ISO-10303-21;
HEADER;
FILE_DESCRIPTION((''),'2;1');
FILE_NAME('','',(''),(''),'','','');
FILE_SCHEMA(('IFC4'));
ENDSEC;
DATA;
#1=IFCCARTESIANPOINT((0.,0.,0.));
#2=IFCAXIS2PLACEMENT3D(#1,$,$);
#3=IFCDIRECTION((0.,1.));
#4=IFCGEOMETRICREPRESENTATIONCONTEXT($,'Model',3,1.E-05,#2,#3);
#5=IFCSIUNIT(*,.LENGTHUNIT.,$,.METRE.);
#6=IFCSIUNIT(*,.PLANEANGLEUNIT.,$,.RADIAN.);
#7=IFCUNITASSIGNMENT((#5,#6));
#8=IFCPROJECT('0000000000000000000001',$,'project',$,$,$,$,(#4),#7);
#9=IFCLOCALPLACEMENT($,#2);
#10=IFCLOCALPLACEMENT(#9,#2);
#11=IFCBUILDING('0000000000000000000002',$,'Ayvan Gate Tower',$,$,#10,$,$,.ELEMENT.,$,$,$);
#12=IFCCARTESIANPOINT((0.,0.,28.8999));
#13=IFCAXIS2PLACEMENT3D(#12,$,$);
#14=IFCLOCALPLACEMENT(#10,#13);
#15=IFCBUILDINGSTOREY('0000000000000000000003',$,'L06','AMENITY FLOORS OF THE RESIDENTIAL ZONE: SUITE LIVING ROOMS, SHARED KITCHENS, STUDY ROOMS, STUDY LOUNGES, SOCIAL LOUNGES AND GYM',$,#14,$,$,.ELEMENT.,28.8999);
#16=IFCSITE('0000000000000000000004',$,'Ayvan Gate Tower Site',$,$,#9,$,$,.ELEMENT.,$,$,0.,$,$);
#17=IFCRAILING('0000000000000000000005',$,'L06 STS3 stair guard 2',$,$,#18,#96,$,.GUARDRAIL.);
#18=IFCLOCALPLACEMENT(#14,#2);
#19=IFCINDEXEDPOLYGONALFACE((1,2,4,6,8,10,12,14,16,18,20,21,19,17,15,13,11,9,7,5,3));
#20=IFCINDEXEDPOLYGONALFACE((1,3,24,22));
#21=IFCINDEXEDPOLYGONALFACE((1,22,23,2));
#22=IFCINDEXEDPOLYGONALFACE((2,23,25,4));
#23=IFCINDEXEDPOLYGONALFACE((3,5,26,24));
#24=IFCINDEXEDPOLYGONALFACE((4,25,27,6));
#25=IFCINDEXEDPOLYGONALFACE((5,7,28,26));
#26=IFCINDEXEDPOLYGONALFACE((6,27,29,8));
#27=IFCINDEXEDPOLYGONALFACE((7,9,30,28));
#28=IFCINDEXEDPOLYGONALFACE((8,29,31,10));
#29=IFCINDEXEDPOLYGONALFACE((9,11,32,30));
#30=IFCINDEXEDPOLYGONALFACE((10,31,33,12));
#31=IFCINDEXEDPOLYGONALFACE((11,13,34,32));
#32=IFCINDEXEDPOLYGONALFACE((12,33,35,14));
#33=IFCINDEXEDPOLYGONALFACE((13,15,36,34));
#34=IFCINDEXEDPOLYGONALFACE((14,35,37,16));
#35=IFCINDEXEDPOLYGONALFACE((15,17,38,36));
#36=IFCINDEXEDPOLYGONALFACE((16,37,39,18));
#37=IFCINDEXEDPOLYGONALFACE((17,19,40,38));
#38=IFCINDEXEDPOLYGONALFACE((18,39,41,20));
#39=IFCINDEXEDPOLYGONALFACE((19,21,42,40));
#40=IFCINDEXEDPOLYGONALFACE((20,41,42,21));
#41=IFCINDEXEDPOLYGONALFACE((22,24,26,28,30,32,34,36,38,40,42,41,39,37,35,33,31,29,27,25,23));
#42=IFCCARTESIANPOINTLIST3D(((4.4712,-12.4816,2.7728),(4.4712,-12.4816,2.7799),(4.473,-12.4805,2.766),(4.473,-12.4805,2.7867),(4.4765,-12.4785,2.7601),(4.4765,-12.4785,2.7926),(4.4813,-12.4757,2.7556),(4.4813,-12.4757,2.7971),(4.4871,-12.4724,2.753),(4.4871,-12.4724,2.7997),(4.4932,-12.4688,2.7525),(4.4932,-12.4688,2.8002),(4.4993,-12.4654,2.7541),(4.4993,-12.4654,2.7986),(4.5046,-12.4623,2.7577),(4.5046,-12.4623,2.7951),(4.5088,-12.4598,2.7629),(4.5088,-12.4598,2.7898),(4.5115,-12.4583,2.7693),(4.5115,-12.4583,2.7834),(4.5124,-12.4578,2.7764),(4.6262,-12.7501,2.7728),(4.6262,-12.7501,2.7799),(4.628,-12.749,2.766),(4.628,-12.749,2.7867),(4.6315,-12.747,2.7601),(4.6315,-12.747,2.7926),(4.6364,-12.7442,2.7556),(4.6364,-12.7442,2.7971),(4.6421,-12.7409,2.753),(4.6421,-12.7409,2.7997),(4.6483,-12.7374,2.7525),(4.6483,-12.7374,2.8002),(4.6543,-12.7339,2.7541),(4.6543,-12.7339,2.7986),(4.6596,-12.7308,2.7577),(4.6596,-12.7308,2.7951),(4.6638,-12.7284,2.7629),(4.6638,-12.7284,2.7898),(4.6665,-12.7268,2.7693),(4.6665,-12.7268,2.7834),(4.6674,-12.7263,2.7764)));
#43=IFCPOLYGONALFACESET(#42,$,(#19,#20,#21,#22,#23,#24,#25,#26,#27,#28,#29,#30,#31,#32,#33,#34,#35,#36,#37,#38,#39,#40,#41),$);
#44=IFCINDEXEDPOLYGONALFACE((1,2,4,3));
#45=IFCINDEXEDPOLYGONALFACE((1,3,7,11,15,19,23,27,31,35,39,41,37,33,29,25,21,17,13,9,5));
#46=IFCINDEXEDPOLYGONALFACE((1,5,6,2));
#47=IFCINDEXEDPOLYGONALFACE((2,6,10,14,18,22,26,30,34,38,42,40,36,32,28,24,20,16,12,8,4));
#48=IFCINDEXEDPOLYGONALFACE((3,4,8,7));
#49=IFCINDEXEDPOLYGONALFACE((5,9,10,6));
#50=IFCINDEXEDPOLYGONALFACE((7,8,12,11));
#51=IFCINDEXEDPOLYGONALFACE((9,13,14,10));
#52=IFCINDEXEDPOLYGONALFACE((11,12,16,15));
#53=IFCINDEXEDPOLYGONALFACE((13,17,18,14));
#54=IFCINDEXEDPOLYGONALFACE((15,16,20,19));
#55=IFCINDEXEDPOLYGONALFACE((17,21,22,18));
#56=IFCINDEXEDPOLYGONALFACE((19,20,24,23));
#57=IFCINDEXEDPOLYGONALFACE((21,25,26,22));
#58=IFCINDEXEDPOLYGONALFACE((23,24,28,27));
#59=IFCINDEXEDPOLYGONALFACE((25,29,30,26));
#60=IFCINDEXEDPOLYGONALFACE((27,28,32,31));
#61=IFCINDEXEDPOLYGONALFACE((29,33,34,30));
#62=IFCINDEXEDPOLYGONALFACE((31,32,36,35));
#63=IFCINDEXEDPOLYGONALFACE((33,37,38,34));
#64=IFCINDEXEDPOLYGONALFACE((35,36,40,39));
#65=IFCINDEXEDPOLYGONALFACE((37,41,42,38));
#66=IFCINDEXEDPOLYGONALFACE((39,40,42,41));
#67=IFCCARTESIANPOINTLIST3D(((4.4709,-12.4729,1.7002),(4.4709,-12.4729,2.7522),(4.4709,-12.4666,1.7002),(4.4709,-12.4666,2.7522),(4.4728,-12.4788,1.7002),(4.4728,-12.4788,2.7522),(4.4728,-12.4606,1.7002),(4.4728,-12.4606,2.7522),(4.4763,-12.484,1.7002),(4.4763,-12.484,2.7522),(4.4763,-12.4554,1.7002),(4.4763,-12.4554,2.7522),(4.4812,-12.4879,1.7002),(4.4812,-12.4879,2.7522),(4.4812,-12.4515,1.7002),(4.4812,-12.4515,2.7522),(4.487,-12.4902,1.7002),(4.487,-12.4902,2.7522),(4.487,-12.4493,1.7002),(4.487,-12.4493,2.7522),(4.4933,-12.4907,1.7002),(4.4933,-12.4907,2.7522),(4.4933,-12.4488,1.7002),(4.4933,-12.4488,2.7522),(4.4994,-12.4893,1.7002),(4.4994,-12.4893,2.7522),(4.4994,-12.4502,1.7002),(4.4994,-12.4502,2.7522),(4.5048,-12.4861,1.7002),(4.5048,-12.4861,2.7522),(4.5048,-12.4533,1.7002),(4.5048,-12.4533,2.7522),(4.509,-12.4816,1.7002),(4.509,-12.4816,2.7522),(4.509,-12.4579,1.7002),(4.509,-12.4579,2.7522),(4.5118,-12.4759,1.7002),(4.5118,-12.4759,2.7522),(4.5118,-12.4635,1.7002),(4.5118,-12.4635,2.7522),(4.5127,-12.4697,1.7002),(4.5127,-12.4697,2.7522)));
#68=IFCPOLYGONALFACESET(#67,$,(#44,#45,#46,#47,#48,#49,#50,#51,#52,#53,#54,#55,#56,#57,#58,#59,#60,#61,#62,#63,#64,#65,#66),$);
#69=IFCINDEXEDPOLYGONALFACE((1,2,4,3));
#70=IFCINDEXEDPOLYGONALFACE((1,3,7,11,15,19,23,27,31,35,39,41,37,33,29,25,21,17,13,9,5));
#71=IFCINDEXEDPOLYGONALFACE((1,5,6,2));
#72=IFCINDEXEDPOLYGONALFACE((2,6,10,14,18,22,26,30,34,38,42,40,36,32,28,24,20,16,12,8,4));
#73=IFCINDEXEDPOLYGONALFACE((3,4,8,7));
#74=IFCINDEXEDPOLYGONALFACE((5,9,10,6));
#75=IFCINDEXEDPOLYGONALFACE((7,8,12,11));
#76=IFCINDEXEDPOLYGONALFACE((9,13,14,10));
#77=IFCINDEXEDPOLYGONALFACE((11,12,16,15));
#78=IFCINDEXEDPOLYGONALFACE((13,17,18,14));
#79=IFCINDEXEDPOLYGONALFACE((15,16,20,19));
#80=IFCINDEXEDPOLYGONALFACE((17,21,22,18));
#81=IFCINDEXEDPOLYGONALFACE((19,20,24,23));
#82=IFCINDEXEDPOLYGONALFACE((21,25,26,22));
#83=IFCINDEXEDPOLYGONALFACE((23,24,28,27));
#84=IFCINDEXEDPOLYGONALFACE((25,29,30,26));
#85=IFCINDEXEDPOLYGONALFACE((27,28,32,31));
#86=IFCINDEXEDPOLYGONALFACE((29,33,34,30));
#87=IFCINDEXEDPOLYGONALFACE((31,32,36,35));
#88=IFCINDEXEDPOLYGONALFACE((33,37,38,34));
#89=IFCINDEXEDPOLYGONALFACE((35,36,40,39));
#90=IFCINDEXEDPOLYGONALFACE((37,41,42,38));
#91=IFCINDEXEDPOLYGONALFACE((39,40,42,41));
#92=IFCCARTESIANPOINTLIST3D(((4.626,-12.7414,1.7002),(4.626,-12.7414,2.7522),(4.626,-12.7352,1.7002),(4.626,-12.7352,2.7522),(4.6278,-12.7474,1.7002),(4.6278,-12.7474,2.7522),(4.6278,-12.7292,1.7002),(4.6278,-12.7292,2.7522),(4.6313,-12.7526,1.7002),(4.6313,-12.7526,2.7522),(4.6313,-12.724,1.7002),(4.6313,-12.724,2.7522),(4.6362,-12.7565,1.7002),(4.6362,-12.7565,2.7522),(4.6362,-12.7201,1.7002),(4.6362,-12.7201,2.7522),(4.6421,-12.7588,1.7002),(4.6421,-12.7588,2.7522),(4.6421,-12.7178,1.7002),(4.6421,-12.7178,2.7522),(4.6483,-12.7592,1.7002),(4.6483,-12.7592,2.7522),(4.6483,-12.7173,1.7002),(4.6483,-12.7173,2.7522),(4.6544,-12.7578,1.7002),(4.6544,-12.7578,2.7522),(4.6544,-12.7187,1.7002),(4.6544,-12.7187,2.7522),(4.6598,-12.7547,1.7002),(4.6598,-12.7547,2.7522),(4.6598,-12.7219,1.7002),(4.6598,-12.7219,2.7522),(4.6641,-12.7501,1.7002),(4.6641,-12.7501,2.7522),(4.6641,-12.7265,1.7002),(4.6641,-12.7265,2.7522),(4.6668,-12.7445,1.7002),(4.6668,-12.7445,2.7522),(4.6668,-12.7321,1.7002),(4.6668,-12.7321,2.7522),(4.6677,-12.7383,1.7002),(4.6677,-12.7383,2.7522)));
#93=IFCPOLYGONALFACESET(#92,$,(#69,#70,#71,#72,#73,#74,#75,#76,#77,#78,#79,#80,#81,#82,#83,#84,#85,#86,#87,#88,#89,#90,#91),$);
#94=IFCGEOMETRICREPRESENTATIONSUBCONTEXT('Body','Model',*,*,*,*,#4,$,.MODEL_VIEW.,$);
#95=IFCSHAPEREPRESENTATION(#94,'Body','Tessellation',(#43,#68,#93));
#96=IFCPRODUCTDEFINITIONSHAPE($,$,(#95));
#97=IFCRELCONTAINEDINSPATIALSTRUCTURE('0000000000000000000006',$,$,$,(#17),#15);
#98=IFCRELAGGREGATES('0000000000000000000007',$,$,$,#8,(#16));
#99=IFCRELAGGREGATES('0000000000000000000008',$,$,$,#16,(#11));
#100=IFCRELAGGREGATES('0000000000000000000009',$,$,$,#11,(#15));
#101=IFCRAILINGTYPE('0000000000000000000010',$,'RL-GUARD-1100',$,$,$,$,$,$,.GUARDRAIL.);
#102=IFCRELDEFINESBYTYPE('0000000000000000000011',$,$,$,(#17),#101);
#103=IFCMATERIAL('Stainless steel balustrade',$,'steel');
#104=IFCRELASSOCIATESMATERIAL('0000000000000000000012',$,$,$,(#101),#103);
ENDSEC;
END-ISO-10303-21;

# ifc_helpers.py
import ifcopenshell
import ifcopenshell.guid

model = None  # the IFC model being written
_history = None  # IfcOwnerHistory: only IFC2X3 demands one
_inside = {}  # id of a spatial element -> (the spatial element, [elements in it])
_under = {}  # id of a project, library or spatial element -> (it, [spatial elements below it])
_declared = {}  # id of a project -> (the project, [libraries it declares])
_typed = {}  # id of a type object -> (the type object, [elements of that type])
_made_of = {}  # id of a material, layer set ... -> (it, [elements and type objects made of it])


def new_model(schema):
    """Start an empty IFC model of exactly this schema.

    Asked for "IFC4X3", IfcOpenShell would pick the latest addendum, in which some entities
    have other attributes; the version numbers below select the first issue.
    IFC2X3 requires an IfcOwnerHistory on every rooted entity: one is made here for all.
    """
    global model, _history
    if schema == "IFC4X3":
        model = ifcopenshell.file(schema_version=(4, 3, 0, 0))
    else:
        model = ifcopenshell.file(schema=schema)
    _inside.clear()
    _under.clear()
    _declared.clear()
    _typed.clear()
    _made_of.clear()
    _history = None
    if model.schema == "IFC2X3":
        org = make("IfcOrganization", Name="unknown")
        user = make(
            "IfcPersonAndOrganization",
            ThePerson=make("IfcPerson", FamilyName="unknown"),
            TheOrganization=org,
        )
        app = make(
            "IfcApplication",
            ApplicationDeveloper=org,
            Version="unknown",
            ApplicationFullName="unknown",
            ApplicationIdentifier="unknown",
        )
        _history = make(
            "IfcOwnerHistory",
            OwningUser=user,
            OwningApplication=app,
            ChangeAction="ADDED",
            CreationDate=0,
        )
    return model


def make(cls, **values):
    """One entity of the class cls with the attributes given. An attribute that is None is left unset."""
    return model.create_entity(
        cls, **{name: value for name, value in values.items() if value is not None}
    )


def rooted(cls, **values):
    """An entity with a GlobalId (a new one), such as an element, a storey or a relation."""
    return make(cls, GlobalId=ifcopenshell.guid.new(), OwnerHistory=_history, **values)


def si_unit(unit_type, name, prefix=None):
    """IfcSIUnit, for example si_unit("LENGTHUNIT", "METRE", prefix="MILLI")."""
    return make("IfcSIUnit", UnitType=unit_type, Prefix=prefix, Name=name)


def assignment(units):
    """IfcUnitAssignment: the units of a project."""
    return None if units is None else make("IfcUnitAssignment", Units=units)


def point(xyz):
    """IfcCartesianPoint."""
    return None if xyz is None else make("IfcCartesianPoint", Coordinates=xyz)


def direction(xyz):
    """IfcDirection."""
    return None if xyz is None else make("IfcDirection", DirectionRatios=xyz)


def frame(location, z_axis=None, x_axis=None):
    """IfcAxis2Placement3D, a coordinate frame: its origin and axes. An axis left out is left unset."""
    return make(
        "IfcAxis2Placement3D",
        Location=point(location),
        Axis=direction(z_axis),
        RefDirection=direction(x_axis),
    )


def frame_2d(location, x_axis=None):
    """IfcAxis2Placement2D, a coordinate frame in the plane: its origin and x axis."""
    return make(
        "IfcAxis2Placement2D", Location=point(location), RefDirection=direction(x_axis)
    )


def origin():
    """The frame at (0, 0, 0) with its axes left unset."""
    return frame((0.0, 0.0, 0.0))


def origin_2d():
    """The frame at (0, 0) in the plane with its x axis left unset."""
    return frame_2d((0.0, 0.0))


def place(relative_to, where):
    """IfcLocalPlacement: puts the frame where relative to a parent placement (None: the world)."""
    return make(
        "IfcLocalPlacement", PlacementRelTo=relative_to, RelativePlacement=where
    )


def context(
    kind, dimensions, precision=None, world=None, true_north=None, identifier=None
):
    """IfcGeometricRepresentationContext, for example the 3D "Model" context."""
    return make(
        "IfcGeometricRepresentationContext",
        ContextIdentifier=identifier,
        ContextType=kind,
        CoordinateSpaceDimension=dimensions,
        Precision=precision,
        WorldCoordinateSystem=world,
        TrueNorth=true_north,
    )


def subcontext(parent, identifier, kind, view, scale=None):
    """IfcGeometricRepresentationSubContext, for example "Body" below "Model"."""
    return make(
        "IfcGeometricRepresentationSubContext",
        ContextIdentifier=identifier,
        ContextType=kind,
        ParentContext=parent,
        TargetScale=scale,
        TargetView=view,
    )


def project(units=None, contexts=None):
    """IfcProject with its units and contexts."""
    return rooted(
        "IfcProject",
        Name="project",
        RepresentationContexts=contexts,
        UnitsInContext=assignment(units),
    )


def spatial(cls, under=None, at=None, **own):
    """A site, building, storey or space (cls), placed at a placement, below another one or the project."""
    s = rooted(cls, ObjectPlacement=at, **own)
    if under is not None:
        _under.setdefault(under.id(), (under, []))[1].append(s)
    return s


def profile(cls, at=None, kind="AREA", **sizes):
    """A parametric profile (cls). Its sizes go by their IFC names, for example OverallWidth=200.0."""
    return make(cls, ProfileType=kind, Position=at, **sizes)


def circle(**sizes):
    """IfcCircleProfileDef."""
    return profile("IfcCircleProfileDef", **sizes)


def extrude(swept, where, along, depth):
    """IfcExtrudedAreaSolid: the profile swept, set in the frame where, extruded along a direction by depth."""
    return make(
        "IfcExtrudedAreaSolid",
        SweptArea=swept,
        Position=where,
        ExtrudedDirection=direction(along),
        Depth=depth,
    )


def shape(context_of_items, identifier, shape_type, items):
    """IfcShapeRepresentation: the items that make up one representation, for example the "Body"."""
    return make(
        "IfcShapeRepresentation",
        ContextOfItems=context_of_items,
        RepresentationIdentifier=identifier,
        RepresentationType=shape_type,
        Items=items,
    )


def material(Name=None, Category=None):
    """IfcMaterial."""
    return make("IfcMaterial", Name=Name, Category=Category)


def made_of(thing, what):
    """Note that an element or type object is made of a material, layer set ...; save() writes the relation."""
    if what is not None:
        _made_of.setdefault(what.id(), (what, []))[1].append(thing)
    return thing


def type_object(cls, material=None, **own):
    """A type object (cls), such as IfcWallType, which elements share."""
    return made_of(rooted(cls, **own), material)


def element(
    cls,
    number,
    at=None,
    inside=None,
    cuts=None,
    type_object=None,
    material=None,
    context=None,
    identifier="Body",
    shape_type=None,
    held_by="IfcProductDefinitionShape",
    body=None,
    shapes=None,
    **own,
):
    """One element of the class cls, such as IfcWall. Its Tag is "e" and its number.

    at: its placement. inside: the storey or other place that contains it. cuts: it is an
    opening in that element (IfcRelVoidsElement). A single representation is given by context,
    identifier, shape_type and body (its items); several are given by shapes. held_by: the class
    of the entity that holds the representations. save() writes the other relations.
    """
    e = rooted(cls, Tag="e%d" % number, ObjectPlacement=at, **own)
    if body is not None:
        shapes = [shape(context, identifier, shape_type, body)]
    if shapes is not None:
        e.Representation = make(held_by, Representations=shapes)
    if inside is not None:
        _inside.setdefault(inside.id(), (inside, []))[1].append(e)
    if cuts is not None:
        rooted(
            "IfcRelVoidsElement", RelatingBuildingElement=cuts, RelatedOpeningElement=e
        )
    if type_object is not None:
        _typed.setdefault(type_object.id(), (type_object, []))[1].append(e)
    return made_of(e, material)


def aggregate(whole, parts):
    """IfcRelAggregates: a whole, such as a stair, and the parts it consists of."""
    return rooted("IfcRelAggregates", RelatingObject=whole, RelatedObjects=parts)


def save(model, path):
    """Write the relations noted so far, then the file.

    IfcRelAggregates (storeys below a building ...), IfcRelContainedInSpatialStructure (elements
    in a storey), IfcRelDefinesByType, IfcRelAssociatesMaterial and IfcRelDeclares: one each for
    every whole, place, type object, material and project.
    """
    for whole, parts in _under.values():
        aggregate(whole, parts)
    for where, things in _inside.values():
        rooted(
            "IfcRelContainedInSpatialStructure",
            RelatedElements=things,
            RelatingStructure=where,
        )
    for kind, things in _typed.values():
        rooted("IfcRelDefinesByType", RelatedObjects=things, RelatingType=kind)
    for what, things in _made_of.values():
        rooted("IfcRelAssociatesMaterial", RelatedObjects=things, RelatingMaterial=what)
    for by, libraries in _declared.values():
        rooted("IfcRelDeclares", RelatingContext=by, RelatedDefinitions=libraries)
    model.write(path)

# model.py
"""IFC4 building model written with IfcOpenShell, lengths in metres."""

from ifc_helpers import new_model, si_unit, direction, frame, origin, origin_2d, place, context, subcontext, project, spatial, circle, extrude, material, type_object, element, save


model = new_model("IFC4")

# Units and contexts
model_context = context("Model", 3, precision=1e-05, world=origin(), true_north=direction((0.0, 1.0)))
body_context = subcontext(model_context, "Body", "Model", "MODEL_VIEW")
ifc_project = project(units=[si_unit("LENGTHUNIT", "METRE"), si_unit("PLANEANGLEUNIT", "RADIAN")], contexts=[model_context])

# Site, building, storey
site_placement = place(None, origin())
site = spatial("IfcSite", under=ifc_project, at=site_placement, Name="Ayvan Gate Tower Site", CompositionType="ELEMENT", RefElevation=0.0)
building_placement = place(site_placement, origin())
building = spatial("IfcBuilding", under=site, at=building_placement, Name="Ayvan Gate Tower", CompositionType="ELEMENT")
storey_placement = place(building_placement, frame((0.0, 0.0, 28.8999)))
storey = spatial("IfcBuildingStorey", under=building, at=storey_placement, Name="L06", Description="AMENITY FLOORS OF THE RESIDENTIAL ZONE: SUITE LIVING ROOMS, SHARED KITCHENS, STUDY ROOMS, STUDY LOUNGES, SOCIAL LOUNGES AND GYM", CompositionType="ELEMENT", Elevation=28.8999)

# Railing
ifc_material_1 = material(Name="Stainless steel balustrade", Category="steel")
railing_type_1 = type_object("IfcRailingType", Name="RL-GUARD-1100", PredefinedType="GUARDRAIL", material=ifc_material_1)
railing_1_placement = place(storey_placement, frame((4.4917, -12.4697, 1.7002)))
element("IfcRailing", 1, at=railing_1_placement, inside=storey, type_object=railing_type_1, Name="L06 STS3 stair guard 2", PredefinedType="GUARDRAIL", context=body_context, shape_type="SweptSolid", body=[
    extrude(circle(Radius=0.0239, at=origin_2d()), frame((0.0, 0.0, 1.0762), z_axis=(0.49995, -0.866054, 0.0), x_axis=(0.866054, 0.49995, 0.0)), (0.0, 0.0, 1.0), 0.3101),
    extrude(circle(Radius=0.021, at=origin_2d()), origin(), (0.0, 0.0, 1.0), 1.052),
    extrude(circle(Radius=0.021, at=origin_2d()), frame((0.155, -0.2686, 0.0)), (0.0, 0.0, 1.0), 1.052),
])

save(model, "model.ifc")
